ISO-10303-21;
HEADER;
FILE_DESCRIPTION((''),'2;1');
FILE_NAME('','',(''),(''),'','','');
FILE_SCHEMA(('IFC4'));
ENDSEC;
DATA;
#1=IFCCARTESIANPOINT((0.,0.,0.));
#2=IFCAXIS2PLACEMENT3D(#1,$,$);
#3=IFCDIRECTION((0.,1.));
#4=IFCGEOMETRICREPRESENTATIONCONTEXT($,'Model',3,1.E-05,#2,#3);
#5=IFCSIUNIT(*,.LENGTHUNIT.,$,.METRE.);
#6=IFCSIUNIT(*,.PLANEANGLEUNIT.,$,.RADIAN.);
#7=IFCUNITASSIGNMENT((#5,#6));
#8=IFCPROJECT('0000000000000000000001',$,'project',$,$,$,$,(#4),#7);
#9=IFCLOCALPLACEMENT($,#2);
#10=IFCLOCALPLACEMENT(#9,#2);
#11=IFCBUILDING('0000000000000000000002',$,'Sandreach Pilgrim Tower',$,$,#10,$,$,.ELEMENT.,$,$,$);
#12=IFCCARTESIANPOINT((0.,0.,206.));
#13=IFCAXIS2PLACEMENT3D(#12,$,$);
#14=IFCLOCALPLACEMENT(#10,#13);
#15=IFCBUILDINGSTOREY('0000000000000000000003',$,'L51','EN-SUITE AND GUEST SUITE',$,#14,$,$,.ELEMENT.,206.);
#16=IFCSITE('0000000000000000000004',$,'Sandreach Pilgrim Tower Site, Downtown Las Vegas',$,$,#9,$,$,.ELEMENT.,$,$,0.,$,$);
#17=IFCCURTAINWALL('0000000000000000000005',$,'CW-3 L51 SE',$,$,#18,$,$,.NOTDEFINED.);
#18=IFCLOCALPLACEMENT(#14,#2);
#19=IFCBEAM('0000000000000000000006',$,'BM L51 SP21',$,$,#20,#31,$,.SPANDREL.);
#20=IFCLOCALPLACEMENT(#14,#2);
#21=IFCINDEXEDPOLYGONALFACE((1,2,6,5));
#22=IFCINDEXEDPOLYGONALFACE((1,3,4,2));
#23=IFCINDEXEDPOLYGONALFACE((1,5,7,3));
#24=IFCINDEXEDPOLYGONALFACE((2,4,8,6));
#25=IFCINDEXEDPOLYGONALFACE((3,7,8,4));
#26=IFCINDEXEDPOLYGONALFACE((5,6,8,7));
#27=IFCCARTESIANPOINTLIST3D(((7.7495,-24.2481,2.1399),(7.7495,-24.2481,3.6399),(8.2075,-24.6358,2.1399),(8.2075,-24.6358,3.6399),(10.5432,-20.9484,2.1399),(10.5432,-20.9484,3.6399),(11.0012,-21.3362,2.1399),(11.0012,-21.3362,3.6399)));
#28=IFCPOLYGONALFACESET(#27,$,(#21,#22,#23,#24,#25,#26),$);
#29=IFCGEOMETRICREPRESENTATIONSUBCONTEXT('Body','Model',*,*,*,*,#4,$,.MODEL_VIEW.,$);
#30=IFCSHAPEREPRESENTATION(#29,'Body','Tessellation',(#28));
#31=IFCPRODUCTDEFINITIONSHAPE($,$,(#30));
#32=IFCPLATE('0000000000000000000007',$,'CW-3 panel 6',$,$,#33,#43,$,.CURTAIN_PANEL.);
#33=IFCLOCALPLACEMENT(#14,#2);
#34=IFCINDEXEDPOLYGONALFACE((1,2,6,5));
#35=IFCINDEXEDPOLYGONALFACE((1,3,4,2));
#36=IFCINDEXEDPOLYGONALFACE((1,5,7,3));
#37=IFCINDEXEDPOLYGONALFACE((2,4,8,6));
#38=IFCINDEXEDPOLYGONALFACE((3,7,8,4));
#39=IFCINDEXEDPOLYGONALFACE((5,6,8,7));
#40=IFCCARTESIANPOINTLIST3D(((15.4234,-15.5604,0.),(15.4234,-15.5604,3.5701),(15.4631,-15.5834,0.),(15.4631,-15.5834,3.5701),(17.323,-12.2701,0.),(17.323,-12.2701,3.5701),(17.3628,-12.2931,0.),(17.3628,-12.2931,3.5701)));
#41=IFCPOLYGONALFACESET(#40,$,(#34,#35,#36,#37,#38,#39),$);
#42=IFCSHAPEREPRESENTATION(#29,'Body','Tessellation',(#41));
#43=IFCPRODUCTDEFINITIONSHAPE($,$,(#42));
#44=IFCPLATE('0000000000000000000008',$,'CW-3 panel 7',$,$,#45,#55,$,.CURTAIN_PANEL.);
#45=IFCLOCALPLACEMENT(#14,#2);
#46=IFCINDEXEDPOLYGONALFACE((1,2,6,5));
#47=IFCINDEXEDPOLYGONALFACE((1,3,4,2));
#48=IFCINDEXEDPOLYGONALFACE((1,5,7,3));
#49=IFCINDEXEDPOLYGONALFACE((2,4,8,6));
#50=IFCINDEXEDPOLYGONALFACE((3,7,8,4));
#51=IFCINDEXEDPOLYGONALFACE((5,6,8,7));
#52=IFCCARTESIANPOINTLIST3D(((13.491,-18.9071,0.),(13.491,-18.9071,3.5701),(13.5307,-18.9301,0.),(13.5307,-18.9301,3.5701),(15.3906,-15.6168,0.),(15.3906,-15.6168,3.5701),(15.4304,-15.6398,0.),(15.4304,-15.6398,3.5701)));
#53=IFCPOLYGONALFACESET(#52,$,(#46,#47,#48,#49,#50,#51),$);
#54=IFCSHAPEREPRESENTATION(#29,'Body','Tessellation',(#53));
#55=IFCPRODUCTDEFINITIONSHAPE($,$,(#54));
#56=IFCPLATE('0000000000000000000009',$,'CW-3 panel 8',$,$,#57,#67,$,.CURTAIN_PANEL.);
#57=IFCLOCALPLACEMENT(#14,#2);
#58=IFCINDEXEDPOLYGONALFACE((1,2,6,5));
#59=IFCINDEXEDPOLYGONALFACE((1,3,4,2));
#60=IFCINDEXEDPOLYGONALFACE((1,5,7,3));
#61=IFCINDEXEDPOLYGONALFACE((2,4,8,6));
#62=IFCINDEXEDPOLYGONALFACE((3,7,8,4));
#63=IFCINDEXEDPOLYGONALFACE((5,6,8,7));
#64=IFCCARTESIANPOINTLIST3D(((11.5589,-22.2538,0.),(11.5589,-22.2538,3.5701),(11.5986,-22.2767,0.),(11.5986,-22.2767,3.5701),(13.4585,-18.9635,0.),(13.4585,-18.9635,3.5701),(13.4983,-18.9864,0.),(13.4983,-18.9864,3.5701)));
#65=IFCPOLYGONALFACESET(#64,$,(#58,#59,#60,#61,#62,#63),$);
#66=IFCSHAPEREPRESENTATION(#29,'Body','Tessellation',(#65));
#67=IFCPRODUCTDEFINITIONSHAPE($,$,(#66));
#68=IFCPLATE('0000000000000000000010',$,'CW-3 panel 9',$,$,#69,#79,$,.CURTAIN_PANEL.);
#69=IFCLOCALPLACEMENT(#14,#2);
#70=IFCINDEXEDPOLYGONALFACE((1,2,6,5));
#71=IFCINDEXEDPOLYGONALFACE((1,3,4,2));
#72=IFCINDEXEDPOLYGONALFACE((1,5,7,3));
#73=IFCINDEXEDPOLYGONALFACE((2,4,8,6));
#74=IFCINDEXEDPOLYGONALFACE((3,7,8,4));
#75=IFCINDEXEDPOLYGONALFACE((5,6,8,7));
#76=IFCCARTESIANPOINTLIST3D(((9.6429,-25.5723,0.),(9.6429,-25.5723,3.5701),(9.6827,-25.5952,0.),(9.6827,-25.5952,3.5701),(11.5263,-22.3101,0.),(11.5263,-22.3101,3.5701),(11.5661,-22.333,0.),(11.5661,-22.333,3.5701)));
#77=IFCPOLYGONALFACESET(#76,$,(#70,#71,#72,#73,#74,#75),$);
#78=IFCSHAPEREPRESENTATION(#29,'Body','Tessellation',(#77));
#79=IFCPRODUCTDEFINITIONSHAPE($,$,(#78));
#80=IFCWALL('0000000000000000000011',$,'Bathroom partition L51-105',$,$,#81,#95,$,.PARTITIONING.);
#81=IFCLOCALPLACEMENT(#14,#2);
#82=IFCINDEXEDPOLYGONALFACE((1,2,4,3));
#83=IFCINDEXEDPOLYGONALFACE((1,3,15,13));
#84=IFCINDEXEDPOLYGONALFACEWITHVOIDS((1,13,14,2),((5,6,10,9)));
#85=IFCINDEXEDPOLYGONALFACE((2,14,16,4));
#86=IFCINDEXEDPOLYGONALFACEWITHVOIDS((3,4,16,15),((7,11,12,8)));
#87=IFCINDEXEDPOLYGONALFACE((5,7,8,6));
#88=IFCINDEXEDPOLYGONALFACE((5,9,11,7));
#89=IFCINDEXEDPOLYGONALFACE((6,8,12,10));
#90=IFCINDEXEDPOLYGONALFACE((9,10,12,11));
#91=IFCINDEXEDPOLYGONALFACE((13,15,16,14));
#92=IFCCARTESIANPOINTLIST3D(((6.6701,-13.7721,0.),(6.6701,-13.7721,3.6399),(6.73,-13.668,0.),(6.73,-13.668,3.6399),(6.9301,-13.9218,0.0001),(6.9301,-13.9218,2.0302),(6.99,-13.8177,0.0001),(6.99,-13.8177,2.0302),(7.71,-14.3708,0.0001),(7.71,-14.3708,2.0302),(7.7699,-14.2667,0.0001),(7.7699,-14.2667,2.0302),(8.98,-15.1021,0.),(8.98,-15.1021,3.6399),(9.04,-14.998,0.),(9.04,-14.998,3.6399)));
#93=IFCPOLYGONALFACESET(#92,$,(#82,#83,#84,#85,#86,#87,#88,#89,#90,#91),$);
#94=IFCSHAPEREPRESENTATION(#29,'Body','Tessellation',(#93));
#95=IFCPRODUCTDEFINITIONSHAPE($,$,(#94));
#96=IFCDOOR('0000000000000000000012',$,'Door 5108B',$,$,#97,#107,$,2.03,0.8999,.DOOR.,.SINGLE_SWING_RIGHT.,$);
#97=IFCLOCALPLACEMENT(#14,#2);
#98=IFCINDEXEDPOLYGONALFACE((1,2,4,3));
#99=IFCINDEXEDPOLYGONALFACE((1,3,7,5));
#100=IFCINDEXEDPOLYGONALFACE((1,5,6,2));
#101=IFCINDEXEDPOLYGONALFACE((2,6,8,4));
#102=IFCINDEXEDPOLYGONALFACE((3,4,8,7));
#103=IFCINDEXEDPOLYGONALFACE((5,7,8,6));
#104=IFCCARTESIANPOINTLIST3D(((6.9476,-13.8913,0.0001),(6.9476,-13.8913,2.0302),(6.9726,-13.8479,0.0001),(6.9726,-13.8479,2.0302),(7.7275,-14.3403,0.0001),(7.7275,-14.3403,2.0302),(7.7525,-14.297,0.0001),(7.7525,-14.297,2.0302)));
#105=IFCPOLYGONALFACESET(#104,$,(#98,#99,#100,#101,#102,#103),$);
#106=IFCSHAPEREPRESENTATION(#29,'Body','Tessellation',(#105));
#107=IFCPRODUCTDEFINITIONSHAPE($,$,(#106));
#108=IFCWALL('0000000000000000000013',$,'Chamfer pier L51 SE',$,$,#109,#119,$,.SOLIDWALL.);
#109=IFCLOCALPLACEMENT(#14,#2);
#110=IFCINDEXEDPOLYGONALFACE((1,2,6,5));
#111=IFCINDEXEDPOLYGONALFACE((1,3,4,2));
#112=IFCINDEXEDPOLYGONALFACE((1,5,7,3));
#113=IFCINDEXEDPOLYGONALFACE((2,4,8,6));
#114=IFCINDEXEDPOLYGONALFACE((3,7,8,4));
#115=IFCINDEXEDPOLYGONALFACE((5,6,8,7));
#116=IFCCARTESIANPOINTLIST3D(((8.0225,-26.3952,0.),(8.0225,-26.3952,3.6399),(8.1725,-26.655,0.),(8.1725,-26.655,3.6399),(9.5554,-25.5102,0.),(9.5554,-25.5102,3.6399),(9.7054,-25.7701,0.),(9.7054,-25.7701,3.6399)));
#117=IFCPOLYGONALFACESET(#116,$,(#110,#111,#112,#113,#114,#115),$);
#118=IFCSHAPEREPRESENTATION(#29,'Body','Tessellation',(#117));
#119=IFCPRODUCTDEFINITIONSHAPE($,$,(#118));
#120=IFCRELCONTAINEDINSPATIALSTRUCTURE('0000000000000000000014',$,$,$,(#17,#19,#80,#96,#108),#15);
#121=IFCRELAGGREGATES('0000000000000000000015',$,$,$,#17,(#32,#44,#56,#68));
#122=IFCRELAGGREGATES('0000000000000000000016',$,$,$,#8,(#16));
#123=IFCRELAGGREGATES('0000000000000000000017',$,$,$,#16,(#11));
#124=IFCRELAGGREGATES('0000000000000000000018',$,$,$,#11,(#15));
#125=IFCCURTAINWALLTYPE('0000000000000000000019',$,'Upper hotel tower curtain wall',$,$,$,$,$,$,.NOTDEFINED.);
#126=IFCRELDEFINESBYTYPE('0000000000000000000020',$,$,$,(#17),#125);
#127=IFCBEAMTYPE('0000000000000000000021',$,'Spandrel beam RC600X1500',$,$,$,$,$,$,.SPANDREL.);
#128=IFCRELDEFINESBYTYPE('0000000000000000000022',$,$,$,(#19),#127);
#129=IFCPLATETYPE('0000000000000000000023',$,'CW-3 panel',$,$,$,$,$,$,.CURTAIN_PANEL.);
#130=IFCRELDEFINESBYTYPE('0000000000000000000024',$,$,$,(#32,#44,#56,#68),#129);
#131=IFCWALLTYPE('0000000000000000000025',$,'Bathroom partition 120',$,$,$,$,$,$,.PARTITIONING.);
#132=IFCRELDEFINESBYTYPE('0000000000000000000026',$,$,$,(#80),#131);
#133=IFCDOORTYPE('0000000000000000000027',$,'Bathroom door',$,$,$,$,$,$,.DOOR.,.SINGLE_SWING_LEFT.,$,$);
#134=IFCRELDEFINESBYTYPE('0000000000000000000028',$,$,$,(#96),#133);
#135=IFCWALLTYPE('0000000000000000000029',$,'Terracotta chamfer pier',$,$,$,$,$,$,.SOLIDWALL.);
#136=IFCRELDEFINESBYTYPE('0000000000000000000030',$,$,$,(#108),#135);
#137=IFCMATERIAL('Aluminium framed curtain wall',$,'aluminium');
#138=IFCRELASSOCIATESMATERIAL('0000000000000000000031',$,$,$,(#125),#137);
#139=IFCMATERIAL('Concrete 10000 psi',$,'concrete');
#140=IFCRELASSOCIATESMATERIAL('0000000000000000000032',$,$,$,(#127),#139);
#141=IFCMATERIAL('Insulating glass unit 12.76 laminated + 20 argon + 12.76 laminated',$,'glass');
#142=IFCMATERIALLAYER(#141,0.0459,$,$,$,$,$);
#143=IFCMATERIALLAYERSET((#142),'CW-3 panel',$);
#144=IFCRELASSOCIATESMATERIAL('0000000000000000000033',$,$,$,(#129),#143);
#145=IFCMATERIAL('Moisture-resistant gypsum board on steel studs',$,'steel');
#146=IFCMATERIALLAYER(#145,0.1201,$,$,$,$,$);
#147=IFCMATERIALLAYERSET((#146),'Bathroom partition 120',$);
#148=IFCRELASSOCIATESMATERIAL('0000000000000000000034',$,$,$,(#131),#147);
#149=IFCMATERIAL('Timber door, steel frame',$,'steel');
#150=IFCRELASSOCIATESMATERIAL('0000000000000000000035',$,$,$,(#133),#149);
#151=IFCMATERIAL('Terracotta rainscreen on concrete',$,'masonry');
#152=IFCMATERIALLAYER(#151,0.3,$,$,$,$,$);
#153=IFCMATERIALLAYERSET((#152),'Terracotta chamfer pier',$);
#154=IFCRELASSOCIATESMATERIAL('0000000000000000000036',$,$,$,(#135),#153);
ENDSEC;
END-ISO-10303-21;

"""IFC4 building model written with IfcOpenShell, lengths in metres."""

from ifc_helpers import new_model, si_unit, direction, frame, frame_2d, origin, origin_2d, place, context, subcontext, project, spatial, rectangle, extrude, material, layer, layer_set, material_profile, profile_set, type_object, element, fill, aggregate, save


model = new_model("IFC4")

# Units and contexts
model_context = context("Model", 3, precision=1e-05, world=origin(), true_north=direction((0.0, 1.0)))
body_context = subcontext(model_context, "Body", "Model", "MODEL_VIEW")
ifc_project = project(units=[si_unit("LENGTHUNIT", "METRE"), si_unit("PLANEANGLEUNIT", "RADIAN")], contexts=[model_context])

# Site, building, storey
site_placement = place(None, origin())
site = spatial("IfcSite", under=ifc_project, at=site_placement, Name="Sandreach Pilgrim Tower Site, Downtown Las Vegas", CompositionType="ELEMENT", RefElevation=0.0)
building_placement = place(site_placement, origin())
building = spatial("IfcBuilding", under=site, at=building_placement, Name="Sandreach Pilgrim Tower", CompositionType="ELEMENT")
storey_placement = place(building_placement, frame((0.0, 0.0, 206.0)))
storey = spatial("IfcBuildingStorey", under=building, at=storey_placement, Name="L51", Description="EN-SUITE AND GUEST SUITE", CompositionType="ELEMENT", Elevation=206.0)

# Curtain wall
ifc_material_1 = material(Name="Aluminium framed curtain wall", Category="aluminium")
curtain_wall_type = type_object("IfcCurtainWallType", Name="Upper hotel tower curtain wall", PredefinedType="NOTDEFINED", material=ifc_material_1)
curtain_wall_1_placement = place(storey_placement, origin())
curtain_wall_1 = element("IfcCurtainWall", 1, at=curtain_wall_1_placement, inside=storey, type_object=curtain_wall_type, Name="CW-3 L51 SE", PredefinedType="NOTDEFINED")

# Beam
ifc_material_2 = material(Name="Concrete 10000 psi", Category="concrete")
ifc_material_profile_1 = material_profile(ifc_material_2, rectangle(XDim=0.6001, YDim=1.5, at=origin_2d()), Name="RC600X1500")
ifc_profile_set_1 = profile_set([ifc_material_profile_1], Name="Concrete 10000 psi")
beam_type_1 = type_object("IfcBeamType", Name="Spandrel beam RC600X1500", PredefinedType="SPANDREL", material=ifc_profile_set_1)
beam_1_placement = place(storey_placement, frame((10.7722, -21.1423, 2.8899), z_axis=(-0.64618, -0.763185, 0.0), x_axis=(0.763185, -0.64618, 0.0)))
element("IfcBeam", 2, at=beam_1_placement, inside=storey, type_object=beam_type_1, Name="BM L51 SP21", PredefinedType="SPANDREL", context=body_context, shape_type="SweptSolid", body=[
    extrude(rectangle(XDim=0.6001, YDim=1.5, at=origin_2d()), origin(), (0.0, 0.0, 1.0), 4.3235),
])

# Plates
ifc_material_3 = material(Name="Insulating glass unit 12.76 laminated + 20 argon + 12.76 laminated", Category="glass")
ifc_layer_1 = layer(ifc_material_3, 0.0459)
ifc_layer_set_1 = layer_set([ifc_layer_1], Name="CW-3 panel")
plate_type = type_object("IfcPlateType", Name="CW-3 panel", PredefinedType="CURTAIN_PANEL", material=ifc_layer_set_1)
plate_1_placement = place(storey_placement, frame((16.3931, -13.9268, 0.0), z_axis=(0.0, 0.0, 1.0), x_axis=(-0.5, -0.866025, 0.0)))
plate_1 = element("IfcPlate", 3, at=plate_1_placement, type_object=plate_type, Name="CW-3 panel 6", PredefinedType="CURTAIN_PANEL", context=body_context, shape_type="SweptSolid", body=[
    extrude(rectangle(XDim=3.7993, YDim=0.0459, at=origin_2d()), origin(), (0.0, 0.0, 1.0), 3.5701),
])
plate_2_placement = place(storey_placement, frame((14.4607, -17.2734, 0.0), z_axis=(0.0, 0.0, 1.0), x_axis=(-0.5, -0.866025, 0.0)))
plate_2 = element("IfcPlate", 4, at=plate_2_placement, type_object=plate_type, Name="CW-3 panel 7", PredefinedType="CURTAIN_PANEL", context=body_context, shape_type="SweptSolid", body=[
    extrude(rectangle(XDim=3.7993, YDim=0.0459, at=origin_2d()), origin(), (0.0, 0.0, 1.0), 3.5701),
])
plate_3_placement = place(storey_placement, frame((12.5286, -20.6201, 0.0), z_axis=(0.0, 0.0, 1.0), x_axis=(-0.5, -0.866025, 0.0)))
plate_3 = element("IfcPlate", 5, at=plate_3_placement, type_object=plate_type, Name="CW-3 panel 8", PredefinedType="CURTAIN_PANEL", context=body_context, shape_type="SweptSolid", body=[
    extrude(rectangle(XDim=3.7993, YDim=0.0459, at=origin_2d()), origin(), (0.0, 0.0, 1.0), 3.5701),
])
plate_4_placement = place(storey_placement, frame((10.6045, -23.9526, 0.0), z_axis=(0.0, 0.0, 1.0), x_axis=(-0.5, -0.866025, 0.0)))
plate_4 = element("IfcPlate", 6, at=plate_4_placement, type_object=plate_type, Name="CW-3 panel 9", PredefinedType="CURTAIN_PANEL", context=body_context, shape_type="SweptSolid", body=[
    extrude(rectangle(XDim=3.7668, YDim=0.0459, at=origin_2d()), origin(), (0.0, 0.0, 1.0), 3.5701),
])
aggregate(curtain_wall_1, [plate_1, plate_2, plate_3, plate_4])

# Wall, opening, door
ifc_material_4 = material(Name="Moisture-resistant gypsum board on steel studs", Category="steel")
ifc_layer_2 = layer(ifc_material_4, 0.1201)
ifc_layer_set_2 = layer_set([ifc_layer_2], Name="Bathroom partition 120")
wall_type_1 = type_object("IfcWallType", Name="Bathroom partition 120", PredefinedType="PARTITIONING", material=ifc_layer_set_2)
wall_1_placement = place(storey_placement, frame((9.01, -15.05, 0.0), z_axis=(0.0, 0.0, 1.0), x_axis=(-0.866615, 0.498977, 0.0)))
wall_1 = element("IfcWall", 7, at=wall_1_placement, inside=storey, type_object=wall_type_1, Name="Bathroom partition L51-105", PredefinedType="PARTITIONING", context=body_context, shape_type="SweptSolid", body=[
    extrude(rectangle(XDim=2.6655, YDim=0.1201, at=frame_2d((1.3328, 0.0))), origin(), (0.0, 0.0, 1.0), 3.6399),
])
opening_placement = place(wall_1_placement, frame((1.4656, 0.0, 0.0)))
opening = element("IfcOpeningElement", 8, at=opening_placement, cuts=wall_1, PredefinedType="OPENING", context=body_context, shape_type="SweptSolid", body=[
    extrude(rectangle(XDim=0.8999, YDim=2.03, at=frame_2d((0.45, 1.0151))), frame((0.0, 0.0601, 0.0), z_axis=(0.0, -1.0, 0.0), x_axis=(1.0, 0.0, 0.0)), (0.0, 0.0, 1.0), 0.1201),
])
ifc_material_5 = material(Name="Timber door, steel frame", Category="steel")
door_type = type_object("IfcDoorType", Name="Bathroom door", OperationType="SINGLE_SWING_LEFT", PredefinedType="DOOR", material=ifc_material_5)
door_placement = place(opening_placement, origin())
door = element("IfcDoor", 9, at=door_placement, inside=storey, type_object=door_type, Name="Door 5108B", OperationType="SINGLE_SWING_RIGHT", OverallHeight=2.03, OverallWidth=0.8999, PredefinedType="DOOR", context=body_context, shape_type="SweptSolid", body=[
    extrude(rectangle(XDim=0.8999, YDim=2.03, at=frame_2d((0.45, 1.0151))), frame((0.0, 0.0249, 0.0), z_axis=(0.0, -1.0, 0.0), x_axis=(1.0, 0.0, 0.0)), (0.0, 0.0, 1.0), 0.05),
])
fill(opening, door)

# Wall
ifc_material_6 = material(Name="Terracotta rainscreen on concrete", Category="masonry")
ifc_layer_3 = layer(ifc_material_6, 0.3)
ifc_layer_set_3 = layer_set([ifc_layer_3], Name="Terracotta chamfer pier")
wall_type_2 = type_object("IfcWallType", Name="Terracotta chamfer pier", PredefinedType="SOLIDWALL", material=ifc_layer_set_3)
wall_2_placement = place(storey_placement, frame((9.6304, -25.6401, 0.0), z_axis=(0.0, 0.0, 1.0), x_axis=(-0.866036, -0.499981, 0.0)))
element("IfcWall", 10, at=wall_2_placement, inside=storey, type_object=wall_type_2, Name="Chamfer pier L51 SE", PredefinedType="SOLIDWALL", context=body_context, shape_type="SweptSolid", body=[
    extrude(rectangle(XDim=1.77, YDim=0.3, at=frame_2d((0.885, 0.0))), origin(), (0.0, 0.0, 1.0), 3.6399),
])

save(model, "model.ifc")
